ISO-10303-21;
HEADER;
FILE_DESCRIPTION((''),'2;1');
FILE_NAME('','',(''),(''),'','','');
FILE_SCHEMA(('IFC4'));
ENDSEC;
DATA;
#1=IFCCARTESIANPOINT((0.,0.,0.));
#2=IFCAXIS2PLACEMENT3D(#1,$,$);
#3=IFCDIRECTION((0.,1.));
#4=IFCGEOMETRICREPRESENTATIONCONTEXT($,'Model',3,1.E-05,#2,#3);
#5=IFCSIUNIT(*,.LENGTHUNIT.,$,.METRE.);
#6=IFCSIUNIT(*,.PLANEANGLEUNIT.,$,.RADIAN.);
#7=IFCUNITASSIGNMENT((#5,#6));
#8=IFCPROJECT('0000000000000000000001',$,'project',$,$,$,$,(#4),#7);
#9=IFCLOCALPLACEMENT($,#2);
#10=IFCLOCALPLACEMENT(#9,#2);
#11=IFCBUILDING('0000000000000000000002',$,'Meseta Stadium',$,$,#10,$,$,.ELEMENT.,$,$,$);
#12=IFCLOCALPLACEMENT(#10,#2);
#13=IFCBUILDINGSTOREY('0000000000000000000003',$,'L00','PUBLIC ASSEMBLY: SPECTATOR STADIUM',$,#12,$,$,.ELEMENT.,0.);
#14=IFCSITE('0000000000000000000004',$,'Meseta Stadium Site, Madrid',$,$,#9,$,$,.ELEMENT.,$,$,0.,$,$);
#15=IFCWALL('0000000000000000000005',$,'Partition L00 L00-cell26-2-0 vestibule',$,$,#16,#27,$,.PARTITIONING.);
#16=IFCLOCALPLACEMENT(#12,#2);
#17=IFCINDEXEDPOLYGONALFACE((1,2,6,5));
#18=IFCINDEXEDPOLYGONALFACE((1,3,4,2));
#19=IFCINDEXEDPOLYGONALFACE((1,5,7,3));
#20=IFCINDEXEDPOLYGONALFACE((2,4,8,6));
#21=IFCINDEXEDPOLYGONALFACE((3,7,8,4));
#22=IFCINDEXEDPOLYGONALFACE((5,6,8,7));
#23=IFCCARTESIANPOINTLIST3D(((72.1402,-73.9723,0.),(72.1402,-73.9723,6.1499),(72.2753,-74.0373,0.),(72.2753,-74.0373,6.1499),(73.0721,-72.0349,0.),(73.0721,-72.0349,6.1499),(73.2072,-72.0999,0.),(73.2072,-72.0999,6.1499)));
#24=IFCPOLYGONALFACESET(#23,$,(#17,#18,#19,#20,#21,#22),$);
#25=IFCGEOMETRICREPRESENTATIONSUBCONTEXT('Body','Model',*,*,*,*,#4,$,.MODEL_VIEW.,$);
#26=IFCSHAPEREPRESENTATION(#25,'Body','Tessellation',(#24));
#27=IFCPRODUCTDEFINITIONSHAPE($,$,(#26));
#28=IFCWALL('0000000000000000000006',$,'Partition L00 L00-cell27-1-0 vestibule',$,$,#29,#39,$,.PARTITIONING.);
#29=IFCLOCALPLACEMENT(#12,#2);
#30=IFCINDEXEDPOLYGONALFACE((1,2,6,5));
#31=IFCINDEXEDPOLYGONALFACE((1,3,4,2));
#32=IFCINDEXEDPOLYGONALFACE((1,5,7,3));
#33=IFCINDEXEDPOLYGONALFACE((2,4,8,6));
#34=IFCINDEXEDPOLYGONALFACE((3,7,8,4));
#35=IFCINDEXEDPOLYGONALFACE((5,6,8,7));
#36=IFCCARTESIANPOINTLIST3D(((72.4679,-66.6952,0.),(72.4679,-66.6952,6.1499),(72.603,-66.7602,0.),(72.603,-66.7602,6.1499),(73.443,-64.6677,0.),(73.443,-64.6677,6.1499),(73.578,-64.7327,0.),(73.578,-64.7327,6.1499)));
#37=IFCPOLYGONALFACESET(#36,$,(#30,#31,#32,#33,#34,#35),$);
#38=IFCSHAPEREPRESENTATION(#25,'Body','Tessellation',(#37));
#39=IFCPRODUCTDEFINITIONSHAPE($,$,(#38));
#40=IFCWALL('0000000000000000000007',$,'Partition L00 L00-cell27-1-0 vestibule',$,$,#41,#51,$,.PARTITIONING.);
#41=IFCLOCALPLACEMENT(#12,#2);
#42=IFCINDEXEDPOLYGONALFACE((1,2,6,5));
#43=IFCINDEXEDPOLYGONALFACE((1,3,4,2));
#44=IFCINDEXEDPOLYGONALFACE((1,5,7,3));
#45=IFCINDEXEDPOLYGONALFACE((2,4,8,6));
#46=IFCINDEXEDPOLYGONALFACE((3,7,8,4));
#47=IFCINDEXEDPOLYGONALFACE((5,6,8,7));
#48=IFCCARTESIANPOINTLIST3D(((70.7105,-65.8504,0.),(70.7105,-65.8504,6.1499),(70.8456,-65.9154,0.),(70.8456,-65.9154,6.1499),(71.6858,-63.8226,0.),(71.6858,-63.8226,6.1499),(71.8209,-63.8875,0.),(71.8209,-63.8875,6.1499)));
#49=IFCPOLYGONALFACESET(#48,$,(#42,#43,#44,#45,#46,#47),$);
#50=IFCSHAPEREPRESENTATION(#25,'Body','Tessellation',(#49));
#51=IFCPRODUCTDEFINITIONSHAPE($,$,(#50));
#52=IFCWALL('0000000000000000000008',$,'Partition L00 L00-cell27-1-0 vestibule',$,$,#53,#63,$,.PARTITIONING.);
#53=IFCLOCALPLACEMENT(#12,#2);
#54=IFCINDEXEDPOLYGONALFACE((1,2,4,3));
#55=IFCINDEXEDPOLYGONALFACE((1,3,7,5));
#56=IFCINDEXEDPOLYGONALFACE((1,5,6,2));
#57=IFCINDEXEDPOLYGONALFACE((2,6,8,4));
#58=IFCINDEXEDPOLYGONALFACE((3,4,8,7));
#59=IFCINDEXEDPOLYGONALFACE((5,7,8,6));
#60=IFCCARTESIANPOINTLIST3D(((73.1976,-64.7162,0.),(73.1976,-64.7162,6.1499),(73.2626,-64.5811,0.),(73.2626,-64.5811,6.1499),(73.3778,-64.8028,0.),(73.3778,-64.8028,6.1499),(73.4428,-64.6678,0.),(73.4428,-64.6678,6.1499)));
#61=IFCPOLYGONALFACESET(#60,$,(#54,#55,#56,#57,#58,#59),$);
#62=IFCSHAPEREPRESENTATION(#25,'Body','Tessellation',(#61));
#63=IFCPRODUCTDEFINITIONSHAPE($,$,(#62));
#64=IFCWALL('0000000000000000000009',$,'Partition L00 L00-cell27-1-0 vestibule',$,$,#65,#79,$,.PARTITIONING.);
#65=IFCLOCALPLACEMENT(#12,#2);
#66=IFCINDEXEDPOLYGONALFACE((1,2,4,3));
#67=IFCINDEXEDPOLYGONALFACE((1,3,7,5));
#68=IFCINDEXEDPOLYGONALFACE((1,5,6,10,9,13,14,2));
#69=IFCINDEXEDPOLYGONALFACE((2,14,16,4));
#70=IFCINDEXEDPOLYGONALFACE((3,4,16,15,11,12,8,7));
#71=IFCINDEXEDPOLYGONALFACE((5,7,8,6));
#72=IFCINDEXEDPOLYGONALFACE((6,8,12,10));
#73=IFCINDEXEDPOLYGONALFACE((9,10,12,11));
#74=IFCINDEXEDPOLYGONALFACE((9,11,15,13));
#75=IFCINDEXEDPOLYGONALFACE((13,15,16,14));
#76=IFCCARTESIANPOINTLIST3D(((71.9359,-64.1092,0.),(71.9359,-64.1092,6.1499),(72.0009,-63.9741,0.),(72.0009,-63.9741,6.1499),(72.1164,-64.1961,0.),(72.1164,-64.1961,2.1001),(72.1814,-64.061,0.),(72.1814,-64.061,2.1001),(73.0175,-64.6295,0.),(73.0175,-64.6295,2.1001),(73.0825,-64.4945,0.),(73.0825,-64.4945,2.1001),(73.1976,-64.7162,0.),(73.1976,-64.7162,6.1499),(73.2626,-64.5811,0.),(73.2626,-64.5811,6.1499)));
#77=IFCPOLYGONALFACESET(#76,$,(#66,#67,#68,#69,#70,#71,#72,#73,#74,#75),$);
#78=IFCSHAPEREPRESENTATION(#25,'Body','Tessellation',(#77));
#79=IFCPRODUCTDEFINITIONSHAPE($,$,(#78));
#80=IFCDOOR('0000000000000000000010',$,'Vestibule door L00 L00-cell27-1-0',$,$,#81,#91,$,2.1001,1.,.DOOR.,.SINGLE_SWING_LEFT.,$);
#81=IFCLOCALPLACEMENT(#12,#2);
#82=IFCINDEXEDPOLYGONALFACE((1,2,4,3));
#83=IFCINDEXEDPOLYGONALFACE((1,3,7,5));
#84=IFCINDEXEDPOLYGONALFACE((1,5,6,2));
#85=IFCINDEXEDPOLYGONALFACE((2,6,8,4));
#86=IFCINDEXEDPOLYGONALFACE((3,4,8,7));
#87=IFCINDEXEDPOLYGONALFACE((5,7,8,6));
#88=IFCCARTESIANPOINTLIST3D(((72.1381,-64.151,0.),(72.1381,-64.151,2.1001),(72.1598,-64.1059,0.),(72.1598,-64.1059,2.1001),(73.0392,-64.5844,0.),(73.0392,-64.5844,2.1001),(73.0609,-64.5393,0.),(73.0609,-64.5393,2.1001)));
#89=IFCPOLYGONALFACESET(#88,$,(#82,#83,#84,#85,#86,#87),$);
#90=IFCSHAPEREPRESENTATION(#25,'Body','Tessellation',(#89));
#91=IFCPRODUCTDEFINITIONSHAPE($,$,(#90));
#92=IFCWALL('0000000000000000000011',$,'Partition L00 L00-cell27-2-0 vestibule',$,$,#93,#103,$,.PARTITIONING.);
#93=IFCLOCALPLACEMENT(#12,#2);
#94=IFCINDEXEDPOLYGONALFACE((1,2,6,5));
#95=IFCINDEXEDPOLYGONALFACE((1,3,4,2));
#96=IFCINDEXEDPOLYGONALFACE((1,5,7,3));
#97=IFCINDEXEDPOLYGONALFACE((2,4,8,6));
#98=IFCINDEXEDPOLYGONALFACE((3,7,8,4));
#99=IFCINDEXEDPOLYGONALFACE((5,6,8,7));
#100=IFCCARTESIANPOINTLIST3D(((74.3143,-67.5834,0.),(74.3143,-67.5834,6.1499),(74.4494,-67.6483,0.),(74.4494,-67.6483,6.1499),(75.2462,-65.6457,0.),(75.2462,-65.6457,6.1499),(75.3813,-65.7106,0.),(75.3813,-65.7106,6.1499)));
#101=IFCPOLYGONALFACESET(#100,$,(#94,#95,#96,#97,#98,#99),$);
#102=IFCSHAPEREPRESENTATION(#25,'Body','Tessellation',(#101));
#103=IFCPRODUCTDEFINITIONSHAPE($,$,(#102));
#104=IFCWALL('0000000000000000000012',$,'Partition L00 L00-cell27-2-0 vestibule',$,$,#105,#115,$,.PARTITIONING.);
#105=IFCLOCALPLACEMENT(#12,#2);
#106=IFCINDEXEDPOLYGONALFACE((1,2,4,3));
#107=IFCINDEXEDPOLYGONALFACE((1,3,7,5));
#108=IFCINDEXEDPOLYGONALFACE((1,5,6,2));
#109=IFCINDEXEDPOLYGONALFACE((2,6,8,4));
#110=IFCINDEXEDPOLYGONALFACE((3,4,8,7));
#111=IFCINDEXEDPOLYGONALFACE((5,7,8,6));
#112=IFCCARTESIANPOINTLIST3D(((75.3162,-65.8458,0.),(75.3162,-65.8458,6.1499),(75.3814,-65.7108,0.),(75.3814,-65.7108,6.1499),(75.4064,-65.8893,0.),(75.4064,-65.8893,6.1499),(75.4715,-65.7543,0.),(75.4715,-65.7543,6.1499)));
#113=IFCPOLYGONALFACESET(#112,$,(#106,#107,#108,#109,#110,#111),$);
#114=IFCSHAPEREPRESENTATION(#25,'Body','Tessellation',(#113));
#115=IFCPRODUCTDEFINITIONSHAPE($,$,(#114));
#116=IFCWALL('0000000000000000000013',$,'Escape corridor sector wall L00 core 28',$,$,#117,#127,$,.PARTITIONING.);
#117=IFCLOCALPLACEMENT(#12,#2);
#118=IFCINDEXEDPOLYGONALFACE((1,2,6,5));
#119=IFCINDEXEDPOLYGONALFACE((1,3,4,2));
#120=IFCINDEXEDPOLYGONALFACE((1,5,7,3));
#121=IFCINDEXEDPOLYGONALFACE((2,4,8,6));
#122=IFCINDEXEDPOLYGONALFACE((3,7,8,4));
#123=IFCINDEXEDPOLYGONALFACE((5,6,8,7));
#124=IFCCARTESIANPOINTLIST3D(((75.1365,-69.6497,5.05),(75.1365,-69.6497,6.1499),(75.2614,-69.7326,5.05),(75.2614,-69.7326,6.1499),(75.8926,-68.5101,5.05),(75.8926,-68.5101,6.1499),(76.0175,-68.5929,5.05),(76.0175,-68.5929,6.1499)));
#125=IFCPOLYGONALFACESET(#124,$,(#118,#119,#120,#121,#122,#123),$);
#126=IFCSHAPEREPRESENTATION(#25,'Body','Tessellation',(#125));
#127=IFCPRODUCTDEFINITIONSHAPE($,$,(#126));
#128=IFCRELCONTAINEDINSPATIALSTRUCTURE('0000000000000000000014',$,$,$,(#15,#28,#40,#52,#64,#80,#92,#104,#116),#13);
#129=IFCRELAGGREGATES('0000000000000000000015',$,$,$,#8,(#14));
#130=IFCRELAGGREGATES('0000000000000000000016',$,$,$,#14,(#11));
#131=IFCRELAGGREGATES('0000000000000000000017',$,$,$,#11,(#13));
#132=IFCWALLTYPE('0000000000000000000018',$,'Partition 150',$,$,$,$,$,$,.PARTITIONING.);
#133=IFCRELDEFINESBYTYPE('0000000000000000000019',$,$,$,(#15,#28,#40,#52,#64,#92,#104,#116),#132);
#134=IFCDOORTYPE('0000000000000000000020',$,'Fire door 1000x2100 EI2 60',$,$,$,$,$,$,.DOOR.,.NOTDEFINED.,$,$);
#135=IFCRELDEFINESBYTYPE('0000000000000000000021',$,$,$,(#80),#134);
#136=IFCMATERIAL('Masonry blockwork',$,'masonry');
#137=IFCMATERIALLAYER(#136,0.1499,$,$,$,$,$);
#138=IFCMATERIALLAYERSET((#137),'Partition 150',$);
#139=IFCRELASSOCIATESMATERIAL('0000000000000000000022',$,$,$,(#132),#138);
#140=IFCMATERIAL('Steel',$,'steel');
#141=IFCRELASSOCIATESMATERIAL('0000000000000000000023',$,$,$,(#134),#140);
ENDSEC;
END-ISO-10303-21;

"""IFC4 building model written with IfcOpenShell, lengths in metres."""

from ifc_helpers import new_model, si_unit, direction, frame, frame_2d, origin, place, context, subcontext, project, spatial, rectangle, extrude, material, layer, layer_set, type_object, element, fill, save


model = new_model("IFC4")

# Units and contexts
model_context = context("Model", 3, precision=1e-05, world=origin(), true_north=direction((0.0, 1.0)))
body_context = subcontext(model_context, "Body", "Model", "MODEL_VIEW")
ifc_project = project(units=[si_unit("LENGTHUNIT", "METRE"), si_unit("PLANEANGLEUNIT", "RADIAN")], contexts=[model_context])

# Site, building, storey
site_placement = place(None, origin())
site = spatial("IfcSite", under=ifc_project, at=site_placement, Name="Meseta Stadium Site, Madrid", CompositionType="ELEMENT", RefElevation=0.0)
building_placement = place(site_placement, origin())
building = spatial("IfcBuilding", under=site, at=building_placement, Name="Meseta Stadium", CompositionType="ELEMENT")
storey_placement = place(building_placement, origin())
storey = spatial("IfcBuildingStorey", under=building, at=storey_placement, Name="L00", Description="PUBLIC ASSEMBLY: SPECTATOR STADIUM", CompositionType="ELEMENT", Elevation=0.0)

# Shared definitions
ifc_material_1 = material(Name="Masonry blockwork", Category="masonry")
ifc_layer = layer(ifc_material_1, 0.1499)
ifc_layer_set = layer_set([ifc_layer], Name="Partition 150")
wall_type = type_object("IfcWallType", Name="Partition 150", PredefinedType="PARTITIONING", material=ifc_layer_set)

# Shared definitions
ifc_material_2 = material(Name="Steel", Category="steel")
door_type_1 = type_object("IfcDoorType", Name="Fire door 1000x2100 EI2 60", OperationType="NOTDEFINED", PredefinedType="DOOR", material=ifc_material_2)

# Walls
for number, where, z_axis, x_axis, name in (
    (1, (73.1396, -72.0674, 0.0), (0.0, 0.0, 1.0), (-0.433443, -0.901181, 0.0), "Partition L00 L00-cell26-2-0 vestibule"),
):
    element("IfcWall", number, at=place(storey_placement, frame(where, z_axis=z_axis, x_axis=x_axis)), inside=storey, type_object=wall_type, Name=name, PredefinedType="PARTITIONING", context=body_context, shape_type="SweptSolid", body=[
        extrude(rectangle(XDim=2.1499, YDim=0.1499, at=frame_2d((1.075, 0.0))), origin(), (0.0, 0.0, 1.0), 6.1499),
    ])
wall_1_placement = place(storey_placement, frame((72.5354, -66.7278, 0.0), z_axis=(0.0, 0.0, 1.0), x_axis=(0.433401, 0.901201, 0.0)))
element("IfcWall", 2, at=wall_1_placement, inside=storey, type_object=wall_type, Name="Partition L00 L00-cell27-1-0 vestibule", PredefinedType="PARTITIONING", context=body_context, shape_type="SweptSolid", body=[
    extrude(rectangle(XDim=2.2498, YDim=0.1499, at=frame_2d((1.125, 0.0))), origin(), (0.0, 0.0, 1.0), 6.1499),
])
wall_2_placement = place(storey_placement, frame((70.7781, -65.8828, 0.0), z_axis=(0.0, 0.0, 1.0), x_axis=(0.433447, 0.901179, 0.0)))
element("IfcWall", 3, at=wall_2_placement, inside=storey, type_object=wall_type, Name="Partition L00 L00-cell27-1-0 vestibule", PredefinedType="PARTITIONING", context=body_context, shape_type="SweptSolid", body=[
    extrude(rectangle(XDim=2.2502, YDim=0.1499, at=frame_2d((1.125, 0.0))), origin(), (0.0, 0.0, 1.0), 6.1499),
])
wall_3_placement = place(storey_placement, frame((73.4104, -64.7354, 0.0), z_axis=(0.0, 0.0, 1.0), x_axis=(-0.901161, 0.433485, 0.0)))
element("IfcWall", 4, at=wall_3_placement, inside=storey, type_object=wall_type, Name="Partition L00 L00-cell27-1-0 vestibule", PredefinedType="PARTITIONING", context=body_context, shape_type="SweptSolid", body=[
    extrude(rectangle(XDim=0.2, YDim=0.1499, at=frame_2d((0.1001, 0.0))), origin(), (0.0, 0.0, 1.0), 6.1499),
])

# Wall, opening, door
wall_4_placement = place(storey_placement, frame((73.2302, -64.6487, 0.0), z_axis=(0.0, 0.0, 1.0), x_axis=(-0.901158, 0.433491, 0.0)))
wall_4 = element("IfcWall", 5, at=wall_4_placement, inside=storey, type_object=wall_type, Name="Partition L00 L00-cell27-1-0 vestibule", PredefinedType="PARTITIONING", context=body_context, shape_type="SweptSolid", body=[
    extrude(rectangle(XDim=1.4001, YDim=0.1499, at=frame_2d((0.7002, 0.0))), origin(), (0.0, 0.0, 1.0), 6.1499),
])
opening_1_placement = place(wall_4_placement, frame((0.2, 0.0, 0.0)))
opening_1 = element("IfcOpeningElement", 6, at=opening_1_placement, cuts=wall_4, PredefinedType="OPENING", context=body_context, shape_type="SweptSolid", body=[
    extrude(rectangle(XDim=1.0, YDim=2.1001, at=frame_2d((0.5, 1.05))), frame((0.0, 0.085, 0.0), z_axis=(0.0, -1.0, 0.0), x_axis=(1.0, 0.0, 0.0)), (0.0, 0.0, 1.0), 0.1699),
])
door_1_placement = place(opening_1_placement, origin())
door_1 = element("IfcDoor", 7, at=door_1_placement, inside=storey, type_object=door_type_1, Name="Vestibule door L00 L00-cell27-1-0", OperationType="SINGLE_SWING_LEFT", OverallHeight=2.1001, OverallWidth=1.0, PredefinedType="DOOR", context=body_context, shape_type="SweptSolid", body=[
    extrude(rectangle(XDim=1.0, YDim=2.1001, at=frame_2d((0.5, 1.05))), frame((0.0, 0.0249, 0.0), z_axis=(0.0, -1.0, 0.0), x_axis=(1.0, 0.0, 0.0)), (0.0, 0.0, 1.0), 0.05),
])
fill(opening_1, door_1)

# Walls
wall_5_placement = place(storey_placement, frame((74.3818, -67.616, 0.0), z_axis=(0.0, 0.0, 1.0), x_axis=(0.433399, 0.901202, 0.0)))
element("IfcWall", 8, at=wall_5_placement, inside=storey, type_object=wall_type, Name="Partition L00 L00-cell27-2-0 vestibule", PredefinedType="PARTITIONING", context=body_context, shape_type="SweptSolid", body=[
    extrude(rectangle(XDim=2.1501, YDim=0.1499, at=frame_2d((1.0752, 0.0))), origin(), (0.0, 0.0, 1.0), 6.1499),
])
wall_6_placement = place(storey_placement, frame((75.439, -65.8218, 0.0), z_axis=(0.0, 0.0, 1.0), x_axis=(-0.900683, 0.434476, 0.0)))
element("IfcWall", 9, at=wall_6_placement, inside=storey, type_object=wall_type, Name="Partition L00 L00-cell27-2-0 vestibule", PredefinedType="PARTITIONING", context=body_context, shape_type="SweptSolid", body=[
    extrude(rectangle(XDim=0.1001, YDim=0.1499, at=frame_2d((0.05, 0.0))), origin(), (0.0, 0.0, 1.0), 6.1499),
])
wall_7_placement = place(storey_placement, frame((75.199, -69.6912, 5.05), z_axis=(0.0, 0.0, 1.0), x_axis=(0.552845, 0.833284, 0.0)))
element("IfcWall", 10, at=wall_7_placement, inside=storey, type_object=wall_type, Name="Escape corridor sector wall L00 core 28", PredefinedType="PARTITIONING", context=body_context, shape_type="SweptSolid", body=[
    extrude(rectangle(XDim=1.3677, YDim=0.1499, at=frame_2d((0.6838, 0.0))), origin(), (0.0, 0.0, 1.0), 1.0999),
])

save(model, "model.ifc")
